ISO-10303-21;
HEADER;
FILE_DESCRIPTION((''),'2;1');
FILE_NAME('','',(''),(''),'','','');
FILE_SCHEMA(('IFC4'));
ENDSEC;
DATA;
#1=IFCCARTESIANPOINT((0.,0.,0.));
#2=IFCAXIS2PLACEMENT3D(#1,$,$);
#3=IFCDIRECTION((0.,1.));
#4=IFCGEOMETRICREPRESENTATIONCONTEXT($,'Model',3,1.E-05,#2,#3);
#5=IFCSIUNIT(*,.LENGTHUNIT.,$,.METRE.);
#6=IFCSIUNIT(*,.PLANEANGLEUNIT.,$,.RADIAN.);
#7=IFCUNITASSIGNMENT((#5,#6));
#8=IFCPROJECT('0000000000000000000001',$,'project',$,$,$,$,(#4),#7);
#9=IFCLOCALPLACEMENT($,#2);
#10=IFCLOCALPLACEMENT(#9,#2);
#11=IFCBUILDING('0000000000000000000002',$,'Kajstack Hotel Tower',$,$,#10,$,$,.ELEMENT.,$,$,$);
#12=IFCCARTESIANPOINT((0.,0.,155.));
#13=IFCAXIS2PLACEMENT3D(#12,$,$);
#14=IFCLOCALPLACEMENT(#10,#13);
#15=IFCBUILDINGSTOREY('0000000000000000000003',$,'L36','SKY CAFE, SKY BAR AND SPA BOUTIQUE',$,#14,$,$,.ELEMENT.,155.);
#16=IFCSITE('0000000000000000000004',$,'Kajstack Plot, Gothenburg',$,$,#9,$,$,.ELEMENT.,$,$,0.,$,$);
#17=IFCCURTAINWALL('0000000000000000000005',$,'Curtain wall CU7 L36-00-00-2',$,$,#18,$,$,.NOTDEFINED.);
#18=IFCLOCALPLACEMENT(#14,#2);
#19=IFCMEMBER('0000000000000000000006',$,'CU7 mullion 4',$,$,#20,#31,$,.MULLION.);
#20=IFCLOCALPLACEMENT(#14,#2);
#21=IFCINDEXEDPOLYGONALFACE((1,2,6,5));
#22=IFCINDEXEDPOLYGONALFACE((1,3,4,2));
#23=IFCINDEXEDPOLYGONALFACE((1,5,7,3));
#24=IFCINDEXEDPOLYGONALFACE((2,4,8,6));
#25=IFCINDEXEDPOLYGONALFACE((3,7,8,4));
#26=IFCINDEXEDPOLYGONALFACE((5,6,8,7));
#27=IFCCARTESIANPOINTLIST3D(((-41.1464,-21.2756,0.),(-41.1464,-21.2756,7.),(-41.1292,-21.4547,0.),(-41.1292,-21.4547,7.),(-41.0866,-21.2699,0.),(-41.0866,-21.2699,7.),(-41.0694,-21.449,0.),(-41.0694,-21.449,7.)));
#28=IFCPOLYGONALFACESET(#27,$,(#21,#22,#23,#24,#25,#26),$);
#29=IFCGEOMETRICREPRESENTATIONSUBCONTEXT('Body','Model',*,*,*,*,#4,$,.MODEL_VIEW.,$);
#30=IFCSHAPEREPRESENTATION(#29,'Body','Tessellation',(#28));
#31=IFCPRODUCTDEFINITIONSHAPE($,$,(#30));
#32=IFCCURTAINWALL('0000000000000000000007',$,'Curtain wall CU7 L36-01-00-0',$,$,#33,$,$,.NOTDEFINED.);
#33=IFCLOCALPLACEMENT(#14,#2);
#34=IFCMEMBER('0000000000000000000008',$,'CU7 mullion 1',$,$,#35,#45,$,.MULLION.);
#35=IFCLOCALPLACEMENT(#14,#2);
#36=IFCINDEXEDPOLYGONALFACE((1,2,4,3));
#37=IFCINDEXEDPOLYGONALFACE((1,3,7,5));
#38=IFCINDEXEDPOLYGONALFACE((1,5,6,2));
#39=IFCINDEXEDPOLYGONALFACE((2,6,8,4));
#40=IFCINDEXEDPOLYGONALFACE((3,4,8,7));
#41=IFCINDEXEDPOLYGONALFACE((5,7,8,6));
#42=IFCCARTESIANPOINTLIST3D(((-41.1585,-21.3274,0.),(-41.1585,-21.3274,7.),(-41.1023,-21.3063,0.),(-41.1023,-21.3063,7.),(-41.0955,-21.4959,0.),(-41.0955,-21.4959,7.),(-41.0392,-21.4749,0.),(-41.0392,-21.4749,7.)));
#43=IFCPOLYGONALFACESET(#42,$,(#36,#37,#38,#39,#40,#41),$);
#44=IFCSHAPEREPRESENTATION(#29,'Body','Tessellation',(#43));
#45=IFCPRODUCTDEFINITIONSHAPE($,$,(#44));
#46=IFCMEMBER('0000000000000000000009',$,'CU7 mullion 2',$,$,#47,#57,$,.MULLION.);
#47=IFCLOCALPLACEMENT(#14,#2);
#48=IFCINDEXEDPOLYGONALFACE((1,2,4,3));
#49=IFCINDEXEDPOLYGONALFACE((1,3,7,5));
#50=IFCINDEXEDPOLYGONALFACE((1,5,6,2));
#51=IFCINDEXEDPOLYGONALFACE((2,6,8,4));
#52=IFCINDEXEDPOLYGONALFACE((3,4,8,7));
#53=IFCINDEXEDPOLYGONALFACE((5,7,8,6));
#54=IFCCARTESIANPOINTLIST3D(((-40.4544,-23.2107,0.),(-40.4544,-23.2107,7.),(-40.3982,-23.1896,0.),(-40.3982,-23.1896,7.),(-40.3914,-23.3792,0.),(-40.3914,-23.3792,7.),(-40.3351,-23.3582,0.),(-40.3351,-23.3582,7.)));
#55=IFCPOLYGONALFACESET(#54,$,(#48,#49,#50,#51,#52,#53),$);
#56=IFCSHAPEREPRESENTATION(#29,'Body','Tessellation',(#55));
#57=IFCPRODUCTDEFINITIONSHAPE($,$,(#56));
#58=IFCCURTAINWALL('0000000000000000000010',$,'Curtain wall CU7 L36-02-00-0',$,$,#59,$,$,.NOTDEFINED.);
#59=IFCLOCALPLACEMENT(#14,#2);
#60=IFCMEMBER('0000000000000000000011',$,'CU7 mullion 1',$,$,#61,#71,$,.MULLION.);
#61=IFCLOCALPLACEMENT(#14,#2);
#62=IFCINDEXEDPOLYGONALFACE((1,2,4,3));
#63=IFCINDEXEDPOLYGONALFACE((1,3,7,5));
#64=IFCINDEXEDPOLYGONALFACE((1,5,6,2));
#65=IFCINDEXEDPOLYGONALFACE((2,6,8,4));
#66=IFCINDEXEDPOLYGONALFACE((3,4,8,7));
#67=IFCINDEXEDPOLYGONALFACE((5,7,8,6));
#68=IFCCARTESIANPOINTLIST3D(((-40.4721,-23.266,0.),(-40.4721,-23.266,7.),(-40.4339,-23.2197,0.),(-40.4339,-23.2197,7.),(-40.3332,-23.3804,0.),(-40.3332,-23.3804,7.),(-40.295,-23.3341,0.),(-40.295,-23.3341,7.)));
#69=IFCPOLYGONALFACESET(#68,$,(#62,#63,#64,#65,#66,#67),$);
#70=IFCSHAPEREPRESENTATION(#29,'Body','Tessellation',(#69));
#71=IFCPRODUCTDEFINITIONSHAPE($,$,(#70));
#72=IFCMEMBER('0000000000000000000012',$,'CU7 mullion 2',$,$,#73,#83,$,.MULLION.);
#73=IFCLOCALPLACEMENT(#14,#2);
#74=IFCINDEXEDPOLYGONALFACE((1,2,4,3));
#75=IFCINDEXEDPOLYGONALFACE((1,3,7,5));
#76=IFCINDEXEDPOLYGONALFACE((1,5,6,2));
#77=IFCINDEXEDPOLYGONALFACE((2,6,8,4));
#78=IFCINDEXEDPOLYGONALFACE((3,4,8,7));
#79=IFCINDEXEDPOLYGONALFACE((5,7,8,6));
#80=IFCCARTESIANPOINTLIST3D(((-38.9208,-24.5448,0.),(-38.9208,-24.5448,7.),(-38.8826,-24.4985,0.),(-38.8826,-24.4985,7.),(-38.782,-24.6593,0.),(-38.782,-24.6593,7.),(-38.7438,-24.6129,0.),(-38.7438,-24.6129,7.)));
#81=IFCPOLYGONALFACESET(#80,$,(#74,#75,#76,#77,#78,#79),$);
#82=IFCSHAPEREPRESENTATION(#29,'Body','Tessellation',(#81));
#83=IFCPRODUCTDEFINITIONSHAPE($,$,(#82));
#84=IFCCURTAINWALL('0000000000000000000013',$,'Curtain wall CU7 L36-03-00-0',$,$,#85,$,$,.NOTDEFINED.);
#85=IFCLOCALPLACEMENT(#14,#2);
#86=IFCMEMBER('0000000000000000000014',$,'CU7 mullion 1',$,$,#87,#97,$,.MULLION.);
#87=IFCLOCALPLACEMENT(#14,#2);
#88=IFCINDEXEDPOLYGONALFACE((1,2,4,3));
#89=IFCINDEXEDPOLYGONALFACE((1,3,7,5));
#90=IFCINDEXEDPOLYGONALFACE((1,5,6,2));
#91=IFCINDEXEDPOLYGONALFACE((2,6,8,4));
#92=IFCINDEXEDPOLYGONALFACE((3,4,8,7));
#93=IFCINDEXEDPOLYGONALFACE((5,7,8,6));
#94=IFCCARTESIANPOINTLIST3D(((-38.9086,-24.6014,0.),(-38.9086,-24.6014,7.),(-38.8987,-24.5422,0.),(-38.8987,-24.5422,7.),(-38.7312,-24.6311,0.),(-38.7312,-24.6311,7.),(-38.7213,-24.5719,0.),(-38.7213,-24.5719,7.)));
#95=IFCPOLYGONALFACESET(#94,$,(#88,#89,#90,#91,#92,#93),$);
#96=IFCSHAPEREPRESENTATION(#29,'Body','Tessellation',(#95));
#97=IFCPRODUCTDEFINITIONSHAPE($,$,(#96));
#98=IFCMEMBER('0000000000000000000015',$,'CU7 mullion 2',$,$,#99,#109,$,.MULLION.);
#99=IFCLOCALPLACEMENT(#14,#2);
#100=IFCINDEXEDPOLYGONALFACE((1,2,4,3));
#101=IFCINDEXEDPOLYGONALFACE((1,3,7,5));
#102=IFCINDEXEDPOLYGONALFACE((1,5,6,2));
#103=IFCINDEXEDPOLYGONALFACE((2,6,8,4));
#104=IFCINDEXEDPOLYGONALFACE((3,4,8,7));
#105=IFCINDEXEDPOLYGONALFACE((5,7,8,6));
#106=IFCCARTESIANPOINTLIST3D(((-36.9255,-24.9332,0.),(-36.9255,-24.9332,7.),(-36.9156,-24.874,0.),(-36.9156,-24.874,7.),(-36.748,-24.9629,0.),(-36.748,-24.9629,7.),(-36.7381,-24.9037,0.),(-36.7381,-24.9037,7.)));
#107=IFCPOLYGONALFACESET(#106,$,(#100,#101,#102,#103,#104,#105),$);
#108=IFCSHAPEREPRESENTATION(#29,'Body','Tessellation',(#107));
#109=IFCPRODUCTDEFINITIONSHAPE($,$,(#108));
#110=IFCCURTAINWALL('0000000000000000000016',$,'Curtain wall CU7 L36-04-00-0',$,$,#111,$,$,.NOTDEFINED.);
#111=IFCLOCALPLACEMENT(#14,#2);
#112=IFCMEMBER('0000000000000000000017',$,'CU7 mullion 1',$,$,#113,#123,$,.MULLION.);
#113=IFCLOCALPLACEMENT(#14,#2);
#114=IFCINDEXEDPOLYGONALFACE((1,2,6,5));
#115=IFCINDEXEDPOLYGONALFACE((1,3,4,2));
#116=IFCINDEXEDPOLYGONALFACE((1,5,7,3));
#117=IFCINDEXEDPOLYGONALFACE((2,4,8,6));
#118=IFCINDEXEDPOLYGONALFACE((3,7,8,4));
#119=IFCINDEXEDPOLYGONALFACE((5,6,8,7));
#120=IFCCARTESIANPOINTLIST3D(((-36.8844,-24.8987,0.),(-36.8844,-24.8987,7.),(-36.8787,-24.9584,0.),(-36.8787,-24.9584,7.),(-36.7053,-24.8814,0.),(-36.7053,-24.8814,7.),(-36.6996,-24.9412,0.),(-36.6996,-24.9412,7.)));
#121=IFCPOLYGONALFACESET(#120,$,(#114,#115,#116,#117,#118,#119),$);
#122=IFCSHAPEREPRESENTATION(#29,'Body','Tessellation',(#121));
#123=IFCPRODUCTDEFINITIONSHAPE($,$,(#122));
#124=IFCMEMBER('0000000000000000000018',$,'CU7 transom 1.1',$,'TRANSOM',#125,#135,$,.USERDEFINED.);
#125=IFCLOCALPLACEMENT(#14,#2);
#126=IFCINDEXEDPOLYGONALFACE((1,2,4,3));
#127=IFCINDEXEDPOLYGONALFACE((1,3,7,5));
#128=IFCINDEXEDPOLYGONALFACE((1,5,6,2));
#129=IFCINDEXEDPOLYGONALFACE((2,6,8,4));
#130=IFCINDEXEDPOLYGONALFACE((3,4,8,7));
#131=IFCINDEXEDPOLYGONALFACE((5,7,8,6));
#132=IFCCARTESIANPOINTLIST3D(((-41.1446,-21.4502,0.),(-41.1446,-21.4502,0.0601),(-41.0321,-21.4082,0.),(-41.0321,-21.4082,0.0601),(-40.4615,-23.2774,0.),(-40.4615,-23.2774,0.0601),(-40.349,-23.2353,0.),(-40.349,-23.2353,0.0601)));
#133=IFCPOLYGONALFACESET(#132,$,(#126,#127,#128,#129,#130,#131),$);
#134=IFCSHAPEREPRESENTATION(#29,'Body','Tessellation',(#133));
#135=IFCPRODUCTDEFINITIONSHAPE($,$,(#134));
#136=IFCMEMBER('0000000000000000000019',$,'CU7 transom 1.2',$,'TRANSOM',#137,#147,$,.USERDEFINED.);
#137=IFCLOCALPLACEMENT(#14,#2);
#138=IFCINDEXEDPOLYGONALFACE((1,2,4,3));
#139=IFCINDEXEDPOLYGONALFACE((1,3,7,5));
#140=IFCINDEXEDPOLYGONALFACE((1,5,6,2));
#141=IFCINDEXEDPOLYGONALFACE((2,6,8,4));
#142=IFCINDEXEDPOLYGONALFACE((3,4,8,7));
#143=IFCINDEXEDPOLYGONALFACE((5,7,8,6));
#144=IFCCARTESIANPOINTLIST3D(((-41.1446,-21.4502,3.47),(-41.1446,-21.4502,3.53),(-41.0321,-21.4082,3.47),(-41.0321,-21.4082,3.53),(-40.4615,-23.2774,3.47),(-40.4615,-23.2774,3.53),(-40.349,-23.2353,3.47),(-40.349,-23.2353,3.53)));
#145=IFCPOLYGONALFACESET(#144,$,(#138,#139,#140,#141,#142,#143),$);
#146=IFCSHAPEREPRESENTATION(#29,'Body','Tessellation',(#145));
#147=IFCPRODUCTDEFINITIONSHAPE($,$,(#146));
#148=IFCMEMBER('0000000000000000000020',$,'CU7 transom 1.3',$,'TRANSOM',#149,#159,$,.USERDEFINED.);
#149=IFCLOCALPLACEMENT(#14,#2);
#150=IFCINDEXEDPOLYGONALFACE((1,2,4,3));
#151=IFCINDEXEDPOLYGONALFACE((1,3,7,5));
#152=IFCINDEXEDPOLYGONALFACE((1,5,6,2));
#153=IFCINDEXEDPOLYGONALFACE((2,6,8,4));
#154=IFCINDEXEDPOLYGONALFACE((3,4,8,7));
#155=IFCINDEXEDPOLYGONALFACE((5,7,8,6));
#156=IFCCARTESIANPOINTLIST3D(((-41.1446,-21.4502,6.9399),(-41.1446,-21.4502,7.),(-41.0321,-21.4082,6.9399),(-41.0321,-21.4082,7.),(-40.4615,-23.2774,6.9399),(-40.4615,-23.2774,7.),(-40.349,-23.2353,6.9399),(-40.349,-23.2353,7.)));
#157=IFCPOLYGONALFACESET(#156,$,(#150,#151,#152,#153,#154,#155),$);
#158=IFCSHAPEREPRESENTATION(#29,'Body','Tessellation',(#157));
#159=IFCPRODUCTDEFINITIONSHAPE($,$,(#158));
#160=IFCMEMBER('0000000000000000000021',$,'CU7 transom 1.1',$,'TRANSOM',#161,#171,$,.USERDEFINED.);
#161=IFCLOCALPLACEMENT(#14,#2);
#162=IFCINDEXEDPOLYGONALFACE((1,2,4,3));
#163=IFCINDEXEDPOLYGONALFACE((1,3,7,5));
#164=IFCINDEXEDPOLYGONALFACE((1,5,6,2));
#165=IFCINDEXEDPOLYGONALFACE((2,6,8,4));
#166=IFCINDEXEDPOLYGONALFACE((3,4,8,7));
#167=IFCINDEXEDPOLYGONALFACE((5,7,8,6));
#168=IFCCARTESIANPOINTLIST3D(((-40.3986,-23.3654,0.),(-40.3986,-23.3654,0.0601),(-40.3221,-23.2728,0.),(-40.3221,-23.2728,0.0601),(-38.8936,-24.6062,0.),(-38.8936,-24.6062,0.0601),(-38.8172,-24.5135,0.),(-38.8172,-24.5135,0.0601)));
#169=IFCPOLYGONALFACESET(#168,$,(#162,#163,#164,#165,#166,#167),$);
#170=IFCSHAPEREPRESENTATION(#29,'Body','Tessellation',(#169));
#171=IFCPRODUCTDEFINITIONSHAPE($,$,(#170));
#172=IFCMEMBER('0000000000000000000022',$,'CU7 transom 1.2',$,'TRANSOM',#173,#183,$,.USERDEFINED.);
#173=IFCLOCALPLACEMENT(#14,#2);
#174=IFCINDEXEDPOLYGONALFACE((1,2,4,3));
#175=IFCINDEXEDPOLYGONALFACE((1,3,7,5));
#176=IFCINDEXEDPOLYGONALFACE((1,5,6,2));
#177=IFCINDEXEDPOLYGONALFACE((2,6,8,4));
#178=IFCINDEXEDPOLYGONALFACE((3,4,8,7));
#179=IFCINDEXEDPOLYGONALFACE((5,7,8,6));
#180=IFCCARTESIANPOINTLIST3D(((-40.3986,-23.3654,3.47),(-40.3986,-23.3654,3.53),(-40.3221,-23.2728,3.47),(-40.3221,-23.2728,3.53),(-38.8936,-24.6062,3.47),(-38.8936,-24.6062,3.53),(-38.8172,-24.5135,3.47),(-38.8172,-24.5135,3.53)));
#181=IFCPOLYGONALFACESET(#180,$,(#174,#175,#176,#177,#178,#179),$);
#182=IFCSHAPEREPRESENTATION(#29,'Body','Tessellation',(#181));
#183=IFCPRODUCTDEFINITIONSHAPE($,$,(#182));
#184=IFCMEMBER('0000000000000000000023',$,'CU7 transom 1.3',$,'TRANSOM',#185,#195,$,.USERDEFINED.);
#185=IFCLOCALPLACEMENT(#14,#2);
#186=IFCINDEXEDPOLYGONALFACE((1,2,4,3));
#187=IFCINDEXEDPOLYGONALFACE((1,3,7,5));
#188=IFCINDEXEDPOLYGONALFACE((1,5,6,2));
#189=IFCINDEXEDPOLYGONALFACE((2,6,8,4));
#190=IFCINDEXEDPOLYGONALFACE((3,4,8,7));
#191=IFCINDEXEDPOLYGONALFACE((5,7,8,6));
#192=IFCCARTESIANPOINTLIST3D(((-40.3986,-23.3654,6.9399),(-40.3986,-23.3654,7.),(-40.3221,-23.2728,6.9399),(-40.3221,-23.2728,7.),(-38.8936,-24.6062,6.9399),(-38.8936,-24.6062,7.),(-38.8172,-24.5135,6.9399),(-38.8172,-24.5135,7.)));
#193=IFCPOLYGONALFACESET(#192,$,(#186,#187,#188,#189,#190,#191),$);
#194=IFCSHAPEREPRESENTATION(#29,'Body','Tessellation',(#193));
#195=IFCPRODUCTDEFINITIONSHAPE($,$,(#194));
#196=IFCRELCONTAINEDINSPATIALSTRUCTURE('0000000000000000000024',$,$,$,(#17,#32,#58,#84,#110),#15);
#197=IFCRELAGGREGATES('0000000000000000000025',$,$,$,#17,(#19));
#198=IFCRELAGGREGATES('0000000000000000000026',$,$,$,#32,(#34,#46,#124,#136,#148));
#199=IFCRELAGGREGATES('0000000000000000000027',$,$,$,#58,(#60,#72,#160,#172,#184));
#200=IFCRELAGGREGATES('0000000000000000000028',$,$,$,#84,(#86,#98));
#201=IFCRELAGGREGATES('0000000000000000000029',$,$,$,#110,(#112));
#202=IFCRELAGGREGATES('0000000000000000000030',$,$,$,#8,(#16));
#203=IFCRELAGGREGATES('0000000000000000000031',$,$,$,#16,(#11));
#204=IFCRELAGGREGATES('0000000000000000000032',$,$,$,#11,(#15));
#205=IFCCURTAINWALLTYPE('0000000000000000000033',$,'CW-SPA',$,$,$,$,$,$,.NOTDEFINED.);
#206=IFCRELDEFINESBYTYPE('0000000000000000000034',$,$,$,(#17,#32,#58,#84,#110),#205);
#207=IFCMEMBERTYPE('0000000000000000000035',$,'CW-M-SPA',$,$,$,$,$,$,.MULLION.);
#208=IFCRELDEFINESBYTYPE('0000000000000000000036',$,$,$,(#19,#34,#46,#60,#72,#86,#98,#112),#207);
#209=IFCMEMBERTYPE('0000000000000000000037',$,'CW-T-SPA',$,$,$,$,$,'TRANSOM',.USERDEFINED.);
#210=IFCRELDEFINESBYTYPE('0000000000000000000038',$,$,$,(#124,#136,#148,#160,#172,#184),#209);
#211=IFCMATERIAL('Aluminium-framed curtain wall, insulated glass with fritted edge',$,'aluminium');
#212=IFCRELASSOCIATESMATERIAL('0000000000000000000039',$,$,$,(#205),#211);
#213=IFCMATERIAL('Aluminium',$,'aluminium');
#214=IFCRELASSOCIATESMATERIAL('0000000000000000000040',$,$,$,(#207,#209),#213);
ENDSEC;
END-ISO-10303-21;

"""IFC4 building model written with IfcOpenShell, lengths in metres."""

from ifc_helpers import new_model, si_unit, direction, frame, origin, origin_2d, place, context, subcontext, project, spatial, rectangle, extrude, material, material_profile, profile_set, type_object, element, aggregate, save


model = new_model("IFC4")

# Units and contexts
model_context = context("Model", 3, precision=1e-05, world=origin(), true_north=direction((0.0, 1.0)))
body_context = subcontext(model_context, "Body", "Model", "MODEL_VIEW")
ifc_project = project(units=[si_unit("LENGTHUNIT", "METRE"), si_unit("PLANEANGLEUNIT", "RADIAN")], contexts=[model_context])

# Site, building, storey
site_placement = place(None, origin())
site = spatial("IfcSite", under=ifc_project, at=site_placement, Name="Kajstack Plot, Gothenburg", CompositionType="ELEMENT", RefElevation=0.0)
building_placement = place(site_placement, origin())
building = spatial("IfcBuilding", under=site, at=building_placement, Name="Kajstack Hotel Tower", CompositionType="ELEMENT")
storey_placement = place(building_placement, frame((0.0, 0.0, 155.0)))
storey = spatial("IfcBuildingStorey", under=building, at=storey_placement, Name="L36", Description="SKY CAFE, SKY BAR AND SPA BOUTIQUE", CompositionType="ELEMENT", Elevation=155.0)

# Curtain wall, member
ifc_material_1 = material(Name="Aluminium-framed curtain wall, insulated glass with fritted edge", Category="aluminium")
curtain_wall_type = type_object("IfcCurtainWallType", Name="CW-SPA", PredefinedType="NOTDEFINED", material=ifc_material_1)
curtain_wall_1_placement = place(storey_placement, origin())
curtain_wall_1 = element("IfcCurtainWall", 1, at=curtain_wall_1_placement, inside=storey, type_object=curtain_wall_type, Name="Curtain wall CU7 L36-00-00-2", PredefinedType="NOTDEFINED")
ifc_material_2 = material(Name="Aluminium", Category="aluminium")
ifc_material_profile_1 = material_profile(ifc_material_2, rectangle(XDim=0.0601, YDim=0.1799, at=origin_2d()), Name="Aluminium mullion 60 x 180")
ifc_profile_set_1 = profile_set([ifc_material_profile_1], Name="Aluminium")
member_type_1 = type_object("IfcMemberType", Name="CW-M-SPA", PredefinedType="MULLION", material=ifc_profile_set_1)
member_1_placement = place(storey_placement, frame((-41.1079, -21.3623, 0.0), z_axis=(0.0, 0.0, 1.0), x_axis=(0.995396, 0.095844, 0.0)))
member_1 = element("IfcMember", 2, at=member_1_placement, type_object=member_type_1, Name="CU7 mullion 4", PredefinedType="MULLION", context=body_context, shape_type="SweptSolid", body=[
    extrude(rectangle(XDim=0.0601, YDim=0.1799, at=origin_2d()), origin(), (0.0, 0.0, 1.0), 7.0),
])

# Curtain walls, members
curtain_wall_2_placement = place(storey_placement, origin())
curtain_wall_2 = element("IfcCurtainWall", 3, at=curtain_wall_2_placement, inside=storey, type_object=curtain_wall_type, Name="Curtain wall CU7 L36-01-00-0", PredefinedType="NOTDEFINED")
member_2_placement = place(storey_placement, frame((-41.0989, -21.4011, 0.0), z_axis=(0.0, 0.0, 1.0), x_axis=(0.936664, 0.350229, 0.0)))
member_2 = element("IfcMember", 4, at=member_2_placement, type_object=member_type_1, Name="CU7 mullion 1", PredefinedType="MULLION", context=body_context, shape_type="SweptSolid", body=[
    extrude(rectangle(XDim=0.0601, YDim=0.1799, at=origin_2d()), origin(), (0.0, 0.0, 1.0), 7.0),
])
member_3_placement = place(storey_placement, frame((-40.3948, -23.2844, 0.0), z_axis=(0.0, 0.0, 1.0), x_axis=(0.936664, 0.350229, 0.0)))
member_3 = element("IfcMember", 5, at=member_3_placement, type_object=member_type_1, Name="CU7 mullion 2", PredefinedType="MULLION", context=body_context, shape_type="SweptSolid", body=[
    extrude(rectangle(XDim=0.0601, YDim=0.1799, at=origin_2d()), origin(), (0.0, 0.0, 1.0), 7.0),
])
curtain_wall_3_placement = place(storey_placement, origin())
curtain_wall_3 = element("IfcCurtainWall", 6, at=curtain_wall_3_placement, inside=storey, type_object=curtain_wall_type, Name="Curtain wall CU7 L36-02-00-0", PredefinedType="NOTDEFINED")
member_4_placement = place(storey_placement, frame((-40.3835, -23.3, 0.0), z_axis=(0.0, 0.0, 1.0), x_axis=(0.63609, 0.771615, 0.0)))
member_4 = element("IfcMember", 7, at=member_4_placement, type_object=member_type_1, Name="CU7 mullion 1", PredefinedType="MULLION", context=body_context, shape_type="SweptSolid", body=[
    extrude(rectangle(XDim=0.0601, YDim=0.1799, at=origin_2d()), origin(), (0.0, 0.0, 1.0), 7.0),
])
member_5_placement = place(storey_placement, frame((-38.8323, -24.5789, 0.0), z_axis=(0.0, 0.0, 1.0), x_axis=(0.63609, 0.771615, 0.0)))
member_5 = element("IfcMember", 8, at=member_5_placement, type_object=member_type_1, Name="CU7 mullion 2", PredefinedType="MULLION", context=body_context, shape_type="SweptSolid", body=[
    extrude(rectangle(XDim=0.0601, YDim=0.1799, at=origin_2d()), origin(), (0.0, 0.0, 1.0), 7.0),
])
curtain_wall_4_placement = place(storey_placement, origin())
curtain_wall_4 = element("IfcCurtainWall", 9, at=curtain_wall_4_placement, inside=storey, type_object=curtain_wall_type, Name="Curtain wall CU7 L36-03-00-0", PredefinedType="NOTDEFINED")
member_6_placement = place(storey_placement, frame((-38.8149, -24.5867, 0.0), z_axis=(0.0, 0.0, 1.0), x_axis=(0.165025, 0.986289, 0.0)))
member_6 = element("IfcMember", 10, at=member_6_placement, type_object=member_type_1, Name="CU7 mullion 1", PredefinedType="MULLION", context=body_context, shape_type="SweptSolid", body=[
    extrude(rectangle(XDim=0.0601, YDim=0.1799, at=origin_2d()), origin(), (0.0, 0.0, 1.0), 7.0),
])
member_7_placement = place(storey_placement, frame((-36.8318, -24.9185, 0.0), z_axis=(0.0, 0.0, 1.0), x_axis=(0.165025, 0.986289, 0.0)))
member_7 = element("IfcMember", 11, at=member_7_placement, type_object=member_type_1, Name="CU7 mullion 2", PredefinedType="MULLION", context=body_context, shape_type="SweptSolid", body=[
    extrude(rectangle(XDim=0.0601, YDim=0.1799, at=origin_2d()), origin(), (0.0, 0.0, 1.0), 7.0),
])

# Curtain wall, member
curtain_wall_5_placement = place(storey_placement, origin())
curtain_wall_5 = element("IfcCurtainWall", 12, at=curtain_wall_5_placement, inside=storey, type_object=curtain_wall_type, Name="Curtain wall CU7 L36-04-00-0", PredefinedType="NOTDEFINED")
member_8_placement = place(storey_placement, frame((-36.792, -24.9199, 0.0), z_axis=(0.0, 0.0, 1.0), x_axis=(-0.095845, 0.995396, 0.0)))
member_8 = element("IfcMember", 13, at=member_8_placement, type_object=member_type_1, Name="CU7 mullion 1", PredefinedType="MULLION", context=body_context, shape_type="SweptSolid", body=[
    extrude(rectangle(XDim=0.0601, YDim=0.1799, at=origin_2d()), origin(), (0.0, 0.0, 1.0), 7.0),
])

# Members
ifc_material_profile_2 = material_profile(ifc_material_2, rectangle(XDim=0.1201, YDim=0.0601, at=origin_2d()), Name="Aluminium transom 120 x 60")
ifc_profile_set_2 = profile_set([ifc_material_profile_2], Name="Aluminium")
member_type_2 = type_object("IfcMemberType", Name="CW-T-SPA", ElementType="TRANSOM", PredefinedType="USERDEFINED", material=ifc_profile_set_2)
member_9_placement = place(storey_placement, frame((-41.0884, -21.4292, 0.03), z_axis=(0.350191, -0.936678, 0.0), x_axis=(0.936678, 0.350191, 0.0)))
member_9 = element("IfcMember", 14, at=member_9_placement, type_object=member_type_2, Name="CU7 transom 1.1", ObjectType="TRANSOM", PredefinedType="USERDEFINED", context=body_context, shape_type="SweptSolid", body=[
    extrude(rectangle(XDim=0.1201, YDim=0.0601, at=origin_2d()), origin(), (0.0, 0.0, 1.0), 1.9507),
])
member_10_placement = place(storey_placement, frame((-41.0884, -21.4292, 3.5), z_axis=(0.350191, -0.936678, 0.0), x_axis=(0.936678, 0.350191, 0.0)))
member_10 = element("IfcMember", 15, at=member_10_placement, type_object=member_type_2, Name="CU7 transom 1.2", ObjectType="TRANSOM", PredefinedType="USERDEFINED", context=body_context, shape_type="SweptSolid", body=[
    extrude(rectangle(XDim=0.1201, YDim=0.0601, at=origin_2d()), origin(), (0.0, 0.0, 1.0), 1.9507),
])
member_11_placement = place(storey_placement, frame((-41.0884, -21.4292, 6.97), z_axis=(0.350191, -0.936678, 0.0), x_axis=(0.936678, 0.350191, 0.0)))
member_11 = element("IfcMember", 16, at=member_11_placement, type_object=member_type_2, Name="CU7 transom 1.3", ObjectType="TRANSOM", PredefinedType="USERDEFINED", context=body_context, shape_type="SweptSolid", body=[
    extrude(rectangle(XDim=0.1201, YDim=0.0601, at=origin_2d()), origin(), (0.0, 0.0, 1.0), 1.9507),
])
member_12_placement = place(storey_placement, frame((-40.3604, -23.3191, 0.03), z_axis=(0.771576, -0.636137, 0.0), x_axis=(0.636137, 0.771576, 0.0)))
member_12 = element("IfcMember", 17, at=member_12_placement, type_object=member_type_2, Name="CU7 transom 1.1", ObjectType="TRANSOM", PredefinedType="USERDEFINED", context=body_context, shape_type="SweptSolid", body=[
    extrude(rectangle(XDim=0.1201, YDim=0.0601, at=origin_2d()), origin(), (0.0, 0.0, 1.0), 1.9504),
])
member_13_placement = place(storey_placement, frame((-40.3604, -23.3191, 3.5), z_axis=(0.771576, -0.636137, 0.0), x_axis=(0.636137, 0.771576, 0.0)))
member_13 = element("IfcMember", 18, at=member_13_placement, type_object=member_type_2, Name="CU7 transom 1.2", ObjectType="TRANSOM", PredefinedType="USERDEFINED", context=body_context, shape_type="SweptSolid", body=[
    extrude(rectangle(XDim=0.1201, YDim=0.0601, at=origin_2d()), origin(), (0.0, 0.0, 1.0), 1.9504),
])
member_14_placement = place(storey_placement, frame((-40.3604, -23.3191, 6.97), z_axis=(0.771576, -0.636137, 0.0), x_axis=(0.636137, 0.771576, 0.0)))
member_14 = element("IfcMember", 19, at=member_14_placement, type_object=member_type_2, Name="CU7 transom 1.3", ObjectType="TRANSOM", PredefinedType="USERDEFINED", context=body_context, shape_type="SweptSolid", body=[
    extrude(rectangle(XDim=0.1201, YDim=0.0601, at=origin_2d()), origin(), (0.0, 0.0, 1.0), 1.9504),
])

aggregate(curtain_wall_1, [member_1])
aggregate(curtain_wall_2, [member_2, member_3, member_9, member_10, member_11])
aggregate(curtain_wall_3, [member_4, member_5, member_12, member_13, member_14])
aggregate(curtain_wall_4, [member_6, member_7])
aggregate(curtain_wall_5, [member_8])

save(model, "model.ifc")
